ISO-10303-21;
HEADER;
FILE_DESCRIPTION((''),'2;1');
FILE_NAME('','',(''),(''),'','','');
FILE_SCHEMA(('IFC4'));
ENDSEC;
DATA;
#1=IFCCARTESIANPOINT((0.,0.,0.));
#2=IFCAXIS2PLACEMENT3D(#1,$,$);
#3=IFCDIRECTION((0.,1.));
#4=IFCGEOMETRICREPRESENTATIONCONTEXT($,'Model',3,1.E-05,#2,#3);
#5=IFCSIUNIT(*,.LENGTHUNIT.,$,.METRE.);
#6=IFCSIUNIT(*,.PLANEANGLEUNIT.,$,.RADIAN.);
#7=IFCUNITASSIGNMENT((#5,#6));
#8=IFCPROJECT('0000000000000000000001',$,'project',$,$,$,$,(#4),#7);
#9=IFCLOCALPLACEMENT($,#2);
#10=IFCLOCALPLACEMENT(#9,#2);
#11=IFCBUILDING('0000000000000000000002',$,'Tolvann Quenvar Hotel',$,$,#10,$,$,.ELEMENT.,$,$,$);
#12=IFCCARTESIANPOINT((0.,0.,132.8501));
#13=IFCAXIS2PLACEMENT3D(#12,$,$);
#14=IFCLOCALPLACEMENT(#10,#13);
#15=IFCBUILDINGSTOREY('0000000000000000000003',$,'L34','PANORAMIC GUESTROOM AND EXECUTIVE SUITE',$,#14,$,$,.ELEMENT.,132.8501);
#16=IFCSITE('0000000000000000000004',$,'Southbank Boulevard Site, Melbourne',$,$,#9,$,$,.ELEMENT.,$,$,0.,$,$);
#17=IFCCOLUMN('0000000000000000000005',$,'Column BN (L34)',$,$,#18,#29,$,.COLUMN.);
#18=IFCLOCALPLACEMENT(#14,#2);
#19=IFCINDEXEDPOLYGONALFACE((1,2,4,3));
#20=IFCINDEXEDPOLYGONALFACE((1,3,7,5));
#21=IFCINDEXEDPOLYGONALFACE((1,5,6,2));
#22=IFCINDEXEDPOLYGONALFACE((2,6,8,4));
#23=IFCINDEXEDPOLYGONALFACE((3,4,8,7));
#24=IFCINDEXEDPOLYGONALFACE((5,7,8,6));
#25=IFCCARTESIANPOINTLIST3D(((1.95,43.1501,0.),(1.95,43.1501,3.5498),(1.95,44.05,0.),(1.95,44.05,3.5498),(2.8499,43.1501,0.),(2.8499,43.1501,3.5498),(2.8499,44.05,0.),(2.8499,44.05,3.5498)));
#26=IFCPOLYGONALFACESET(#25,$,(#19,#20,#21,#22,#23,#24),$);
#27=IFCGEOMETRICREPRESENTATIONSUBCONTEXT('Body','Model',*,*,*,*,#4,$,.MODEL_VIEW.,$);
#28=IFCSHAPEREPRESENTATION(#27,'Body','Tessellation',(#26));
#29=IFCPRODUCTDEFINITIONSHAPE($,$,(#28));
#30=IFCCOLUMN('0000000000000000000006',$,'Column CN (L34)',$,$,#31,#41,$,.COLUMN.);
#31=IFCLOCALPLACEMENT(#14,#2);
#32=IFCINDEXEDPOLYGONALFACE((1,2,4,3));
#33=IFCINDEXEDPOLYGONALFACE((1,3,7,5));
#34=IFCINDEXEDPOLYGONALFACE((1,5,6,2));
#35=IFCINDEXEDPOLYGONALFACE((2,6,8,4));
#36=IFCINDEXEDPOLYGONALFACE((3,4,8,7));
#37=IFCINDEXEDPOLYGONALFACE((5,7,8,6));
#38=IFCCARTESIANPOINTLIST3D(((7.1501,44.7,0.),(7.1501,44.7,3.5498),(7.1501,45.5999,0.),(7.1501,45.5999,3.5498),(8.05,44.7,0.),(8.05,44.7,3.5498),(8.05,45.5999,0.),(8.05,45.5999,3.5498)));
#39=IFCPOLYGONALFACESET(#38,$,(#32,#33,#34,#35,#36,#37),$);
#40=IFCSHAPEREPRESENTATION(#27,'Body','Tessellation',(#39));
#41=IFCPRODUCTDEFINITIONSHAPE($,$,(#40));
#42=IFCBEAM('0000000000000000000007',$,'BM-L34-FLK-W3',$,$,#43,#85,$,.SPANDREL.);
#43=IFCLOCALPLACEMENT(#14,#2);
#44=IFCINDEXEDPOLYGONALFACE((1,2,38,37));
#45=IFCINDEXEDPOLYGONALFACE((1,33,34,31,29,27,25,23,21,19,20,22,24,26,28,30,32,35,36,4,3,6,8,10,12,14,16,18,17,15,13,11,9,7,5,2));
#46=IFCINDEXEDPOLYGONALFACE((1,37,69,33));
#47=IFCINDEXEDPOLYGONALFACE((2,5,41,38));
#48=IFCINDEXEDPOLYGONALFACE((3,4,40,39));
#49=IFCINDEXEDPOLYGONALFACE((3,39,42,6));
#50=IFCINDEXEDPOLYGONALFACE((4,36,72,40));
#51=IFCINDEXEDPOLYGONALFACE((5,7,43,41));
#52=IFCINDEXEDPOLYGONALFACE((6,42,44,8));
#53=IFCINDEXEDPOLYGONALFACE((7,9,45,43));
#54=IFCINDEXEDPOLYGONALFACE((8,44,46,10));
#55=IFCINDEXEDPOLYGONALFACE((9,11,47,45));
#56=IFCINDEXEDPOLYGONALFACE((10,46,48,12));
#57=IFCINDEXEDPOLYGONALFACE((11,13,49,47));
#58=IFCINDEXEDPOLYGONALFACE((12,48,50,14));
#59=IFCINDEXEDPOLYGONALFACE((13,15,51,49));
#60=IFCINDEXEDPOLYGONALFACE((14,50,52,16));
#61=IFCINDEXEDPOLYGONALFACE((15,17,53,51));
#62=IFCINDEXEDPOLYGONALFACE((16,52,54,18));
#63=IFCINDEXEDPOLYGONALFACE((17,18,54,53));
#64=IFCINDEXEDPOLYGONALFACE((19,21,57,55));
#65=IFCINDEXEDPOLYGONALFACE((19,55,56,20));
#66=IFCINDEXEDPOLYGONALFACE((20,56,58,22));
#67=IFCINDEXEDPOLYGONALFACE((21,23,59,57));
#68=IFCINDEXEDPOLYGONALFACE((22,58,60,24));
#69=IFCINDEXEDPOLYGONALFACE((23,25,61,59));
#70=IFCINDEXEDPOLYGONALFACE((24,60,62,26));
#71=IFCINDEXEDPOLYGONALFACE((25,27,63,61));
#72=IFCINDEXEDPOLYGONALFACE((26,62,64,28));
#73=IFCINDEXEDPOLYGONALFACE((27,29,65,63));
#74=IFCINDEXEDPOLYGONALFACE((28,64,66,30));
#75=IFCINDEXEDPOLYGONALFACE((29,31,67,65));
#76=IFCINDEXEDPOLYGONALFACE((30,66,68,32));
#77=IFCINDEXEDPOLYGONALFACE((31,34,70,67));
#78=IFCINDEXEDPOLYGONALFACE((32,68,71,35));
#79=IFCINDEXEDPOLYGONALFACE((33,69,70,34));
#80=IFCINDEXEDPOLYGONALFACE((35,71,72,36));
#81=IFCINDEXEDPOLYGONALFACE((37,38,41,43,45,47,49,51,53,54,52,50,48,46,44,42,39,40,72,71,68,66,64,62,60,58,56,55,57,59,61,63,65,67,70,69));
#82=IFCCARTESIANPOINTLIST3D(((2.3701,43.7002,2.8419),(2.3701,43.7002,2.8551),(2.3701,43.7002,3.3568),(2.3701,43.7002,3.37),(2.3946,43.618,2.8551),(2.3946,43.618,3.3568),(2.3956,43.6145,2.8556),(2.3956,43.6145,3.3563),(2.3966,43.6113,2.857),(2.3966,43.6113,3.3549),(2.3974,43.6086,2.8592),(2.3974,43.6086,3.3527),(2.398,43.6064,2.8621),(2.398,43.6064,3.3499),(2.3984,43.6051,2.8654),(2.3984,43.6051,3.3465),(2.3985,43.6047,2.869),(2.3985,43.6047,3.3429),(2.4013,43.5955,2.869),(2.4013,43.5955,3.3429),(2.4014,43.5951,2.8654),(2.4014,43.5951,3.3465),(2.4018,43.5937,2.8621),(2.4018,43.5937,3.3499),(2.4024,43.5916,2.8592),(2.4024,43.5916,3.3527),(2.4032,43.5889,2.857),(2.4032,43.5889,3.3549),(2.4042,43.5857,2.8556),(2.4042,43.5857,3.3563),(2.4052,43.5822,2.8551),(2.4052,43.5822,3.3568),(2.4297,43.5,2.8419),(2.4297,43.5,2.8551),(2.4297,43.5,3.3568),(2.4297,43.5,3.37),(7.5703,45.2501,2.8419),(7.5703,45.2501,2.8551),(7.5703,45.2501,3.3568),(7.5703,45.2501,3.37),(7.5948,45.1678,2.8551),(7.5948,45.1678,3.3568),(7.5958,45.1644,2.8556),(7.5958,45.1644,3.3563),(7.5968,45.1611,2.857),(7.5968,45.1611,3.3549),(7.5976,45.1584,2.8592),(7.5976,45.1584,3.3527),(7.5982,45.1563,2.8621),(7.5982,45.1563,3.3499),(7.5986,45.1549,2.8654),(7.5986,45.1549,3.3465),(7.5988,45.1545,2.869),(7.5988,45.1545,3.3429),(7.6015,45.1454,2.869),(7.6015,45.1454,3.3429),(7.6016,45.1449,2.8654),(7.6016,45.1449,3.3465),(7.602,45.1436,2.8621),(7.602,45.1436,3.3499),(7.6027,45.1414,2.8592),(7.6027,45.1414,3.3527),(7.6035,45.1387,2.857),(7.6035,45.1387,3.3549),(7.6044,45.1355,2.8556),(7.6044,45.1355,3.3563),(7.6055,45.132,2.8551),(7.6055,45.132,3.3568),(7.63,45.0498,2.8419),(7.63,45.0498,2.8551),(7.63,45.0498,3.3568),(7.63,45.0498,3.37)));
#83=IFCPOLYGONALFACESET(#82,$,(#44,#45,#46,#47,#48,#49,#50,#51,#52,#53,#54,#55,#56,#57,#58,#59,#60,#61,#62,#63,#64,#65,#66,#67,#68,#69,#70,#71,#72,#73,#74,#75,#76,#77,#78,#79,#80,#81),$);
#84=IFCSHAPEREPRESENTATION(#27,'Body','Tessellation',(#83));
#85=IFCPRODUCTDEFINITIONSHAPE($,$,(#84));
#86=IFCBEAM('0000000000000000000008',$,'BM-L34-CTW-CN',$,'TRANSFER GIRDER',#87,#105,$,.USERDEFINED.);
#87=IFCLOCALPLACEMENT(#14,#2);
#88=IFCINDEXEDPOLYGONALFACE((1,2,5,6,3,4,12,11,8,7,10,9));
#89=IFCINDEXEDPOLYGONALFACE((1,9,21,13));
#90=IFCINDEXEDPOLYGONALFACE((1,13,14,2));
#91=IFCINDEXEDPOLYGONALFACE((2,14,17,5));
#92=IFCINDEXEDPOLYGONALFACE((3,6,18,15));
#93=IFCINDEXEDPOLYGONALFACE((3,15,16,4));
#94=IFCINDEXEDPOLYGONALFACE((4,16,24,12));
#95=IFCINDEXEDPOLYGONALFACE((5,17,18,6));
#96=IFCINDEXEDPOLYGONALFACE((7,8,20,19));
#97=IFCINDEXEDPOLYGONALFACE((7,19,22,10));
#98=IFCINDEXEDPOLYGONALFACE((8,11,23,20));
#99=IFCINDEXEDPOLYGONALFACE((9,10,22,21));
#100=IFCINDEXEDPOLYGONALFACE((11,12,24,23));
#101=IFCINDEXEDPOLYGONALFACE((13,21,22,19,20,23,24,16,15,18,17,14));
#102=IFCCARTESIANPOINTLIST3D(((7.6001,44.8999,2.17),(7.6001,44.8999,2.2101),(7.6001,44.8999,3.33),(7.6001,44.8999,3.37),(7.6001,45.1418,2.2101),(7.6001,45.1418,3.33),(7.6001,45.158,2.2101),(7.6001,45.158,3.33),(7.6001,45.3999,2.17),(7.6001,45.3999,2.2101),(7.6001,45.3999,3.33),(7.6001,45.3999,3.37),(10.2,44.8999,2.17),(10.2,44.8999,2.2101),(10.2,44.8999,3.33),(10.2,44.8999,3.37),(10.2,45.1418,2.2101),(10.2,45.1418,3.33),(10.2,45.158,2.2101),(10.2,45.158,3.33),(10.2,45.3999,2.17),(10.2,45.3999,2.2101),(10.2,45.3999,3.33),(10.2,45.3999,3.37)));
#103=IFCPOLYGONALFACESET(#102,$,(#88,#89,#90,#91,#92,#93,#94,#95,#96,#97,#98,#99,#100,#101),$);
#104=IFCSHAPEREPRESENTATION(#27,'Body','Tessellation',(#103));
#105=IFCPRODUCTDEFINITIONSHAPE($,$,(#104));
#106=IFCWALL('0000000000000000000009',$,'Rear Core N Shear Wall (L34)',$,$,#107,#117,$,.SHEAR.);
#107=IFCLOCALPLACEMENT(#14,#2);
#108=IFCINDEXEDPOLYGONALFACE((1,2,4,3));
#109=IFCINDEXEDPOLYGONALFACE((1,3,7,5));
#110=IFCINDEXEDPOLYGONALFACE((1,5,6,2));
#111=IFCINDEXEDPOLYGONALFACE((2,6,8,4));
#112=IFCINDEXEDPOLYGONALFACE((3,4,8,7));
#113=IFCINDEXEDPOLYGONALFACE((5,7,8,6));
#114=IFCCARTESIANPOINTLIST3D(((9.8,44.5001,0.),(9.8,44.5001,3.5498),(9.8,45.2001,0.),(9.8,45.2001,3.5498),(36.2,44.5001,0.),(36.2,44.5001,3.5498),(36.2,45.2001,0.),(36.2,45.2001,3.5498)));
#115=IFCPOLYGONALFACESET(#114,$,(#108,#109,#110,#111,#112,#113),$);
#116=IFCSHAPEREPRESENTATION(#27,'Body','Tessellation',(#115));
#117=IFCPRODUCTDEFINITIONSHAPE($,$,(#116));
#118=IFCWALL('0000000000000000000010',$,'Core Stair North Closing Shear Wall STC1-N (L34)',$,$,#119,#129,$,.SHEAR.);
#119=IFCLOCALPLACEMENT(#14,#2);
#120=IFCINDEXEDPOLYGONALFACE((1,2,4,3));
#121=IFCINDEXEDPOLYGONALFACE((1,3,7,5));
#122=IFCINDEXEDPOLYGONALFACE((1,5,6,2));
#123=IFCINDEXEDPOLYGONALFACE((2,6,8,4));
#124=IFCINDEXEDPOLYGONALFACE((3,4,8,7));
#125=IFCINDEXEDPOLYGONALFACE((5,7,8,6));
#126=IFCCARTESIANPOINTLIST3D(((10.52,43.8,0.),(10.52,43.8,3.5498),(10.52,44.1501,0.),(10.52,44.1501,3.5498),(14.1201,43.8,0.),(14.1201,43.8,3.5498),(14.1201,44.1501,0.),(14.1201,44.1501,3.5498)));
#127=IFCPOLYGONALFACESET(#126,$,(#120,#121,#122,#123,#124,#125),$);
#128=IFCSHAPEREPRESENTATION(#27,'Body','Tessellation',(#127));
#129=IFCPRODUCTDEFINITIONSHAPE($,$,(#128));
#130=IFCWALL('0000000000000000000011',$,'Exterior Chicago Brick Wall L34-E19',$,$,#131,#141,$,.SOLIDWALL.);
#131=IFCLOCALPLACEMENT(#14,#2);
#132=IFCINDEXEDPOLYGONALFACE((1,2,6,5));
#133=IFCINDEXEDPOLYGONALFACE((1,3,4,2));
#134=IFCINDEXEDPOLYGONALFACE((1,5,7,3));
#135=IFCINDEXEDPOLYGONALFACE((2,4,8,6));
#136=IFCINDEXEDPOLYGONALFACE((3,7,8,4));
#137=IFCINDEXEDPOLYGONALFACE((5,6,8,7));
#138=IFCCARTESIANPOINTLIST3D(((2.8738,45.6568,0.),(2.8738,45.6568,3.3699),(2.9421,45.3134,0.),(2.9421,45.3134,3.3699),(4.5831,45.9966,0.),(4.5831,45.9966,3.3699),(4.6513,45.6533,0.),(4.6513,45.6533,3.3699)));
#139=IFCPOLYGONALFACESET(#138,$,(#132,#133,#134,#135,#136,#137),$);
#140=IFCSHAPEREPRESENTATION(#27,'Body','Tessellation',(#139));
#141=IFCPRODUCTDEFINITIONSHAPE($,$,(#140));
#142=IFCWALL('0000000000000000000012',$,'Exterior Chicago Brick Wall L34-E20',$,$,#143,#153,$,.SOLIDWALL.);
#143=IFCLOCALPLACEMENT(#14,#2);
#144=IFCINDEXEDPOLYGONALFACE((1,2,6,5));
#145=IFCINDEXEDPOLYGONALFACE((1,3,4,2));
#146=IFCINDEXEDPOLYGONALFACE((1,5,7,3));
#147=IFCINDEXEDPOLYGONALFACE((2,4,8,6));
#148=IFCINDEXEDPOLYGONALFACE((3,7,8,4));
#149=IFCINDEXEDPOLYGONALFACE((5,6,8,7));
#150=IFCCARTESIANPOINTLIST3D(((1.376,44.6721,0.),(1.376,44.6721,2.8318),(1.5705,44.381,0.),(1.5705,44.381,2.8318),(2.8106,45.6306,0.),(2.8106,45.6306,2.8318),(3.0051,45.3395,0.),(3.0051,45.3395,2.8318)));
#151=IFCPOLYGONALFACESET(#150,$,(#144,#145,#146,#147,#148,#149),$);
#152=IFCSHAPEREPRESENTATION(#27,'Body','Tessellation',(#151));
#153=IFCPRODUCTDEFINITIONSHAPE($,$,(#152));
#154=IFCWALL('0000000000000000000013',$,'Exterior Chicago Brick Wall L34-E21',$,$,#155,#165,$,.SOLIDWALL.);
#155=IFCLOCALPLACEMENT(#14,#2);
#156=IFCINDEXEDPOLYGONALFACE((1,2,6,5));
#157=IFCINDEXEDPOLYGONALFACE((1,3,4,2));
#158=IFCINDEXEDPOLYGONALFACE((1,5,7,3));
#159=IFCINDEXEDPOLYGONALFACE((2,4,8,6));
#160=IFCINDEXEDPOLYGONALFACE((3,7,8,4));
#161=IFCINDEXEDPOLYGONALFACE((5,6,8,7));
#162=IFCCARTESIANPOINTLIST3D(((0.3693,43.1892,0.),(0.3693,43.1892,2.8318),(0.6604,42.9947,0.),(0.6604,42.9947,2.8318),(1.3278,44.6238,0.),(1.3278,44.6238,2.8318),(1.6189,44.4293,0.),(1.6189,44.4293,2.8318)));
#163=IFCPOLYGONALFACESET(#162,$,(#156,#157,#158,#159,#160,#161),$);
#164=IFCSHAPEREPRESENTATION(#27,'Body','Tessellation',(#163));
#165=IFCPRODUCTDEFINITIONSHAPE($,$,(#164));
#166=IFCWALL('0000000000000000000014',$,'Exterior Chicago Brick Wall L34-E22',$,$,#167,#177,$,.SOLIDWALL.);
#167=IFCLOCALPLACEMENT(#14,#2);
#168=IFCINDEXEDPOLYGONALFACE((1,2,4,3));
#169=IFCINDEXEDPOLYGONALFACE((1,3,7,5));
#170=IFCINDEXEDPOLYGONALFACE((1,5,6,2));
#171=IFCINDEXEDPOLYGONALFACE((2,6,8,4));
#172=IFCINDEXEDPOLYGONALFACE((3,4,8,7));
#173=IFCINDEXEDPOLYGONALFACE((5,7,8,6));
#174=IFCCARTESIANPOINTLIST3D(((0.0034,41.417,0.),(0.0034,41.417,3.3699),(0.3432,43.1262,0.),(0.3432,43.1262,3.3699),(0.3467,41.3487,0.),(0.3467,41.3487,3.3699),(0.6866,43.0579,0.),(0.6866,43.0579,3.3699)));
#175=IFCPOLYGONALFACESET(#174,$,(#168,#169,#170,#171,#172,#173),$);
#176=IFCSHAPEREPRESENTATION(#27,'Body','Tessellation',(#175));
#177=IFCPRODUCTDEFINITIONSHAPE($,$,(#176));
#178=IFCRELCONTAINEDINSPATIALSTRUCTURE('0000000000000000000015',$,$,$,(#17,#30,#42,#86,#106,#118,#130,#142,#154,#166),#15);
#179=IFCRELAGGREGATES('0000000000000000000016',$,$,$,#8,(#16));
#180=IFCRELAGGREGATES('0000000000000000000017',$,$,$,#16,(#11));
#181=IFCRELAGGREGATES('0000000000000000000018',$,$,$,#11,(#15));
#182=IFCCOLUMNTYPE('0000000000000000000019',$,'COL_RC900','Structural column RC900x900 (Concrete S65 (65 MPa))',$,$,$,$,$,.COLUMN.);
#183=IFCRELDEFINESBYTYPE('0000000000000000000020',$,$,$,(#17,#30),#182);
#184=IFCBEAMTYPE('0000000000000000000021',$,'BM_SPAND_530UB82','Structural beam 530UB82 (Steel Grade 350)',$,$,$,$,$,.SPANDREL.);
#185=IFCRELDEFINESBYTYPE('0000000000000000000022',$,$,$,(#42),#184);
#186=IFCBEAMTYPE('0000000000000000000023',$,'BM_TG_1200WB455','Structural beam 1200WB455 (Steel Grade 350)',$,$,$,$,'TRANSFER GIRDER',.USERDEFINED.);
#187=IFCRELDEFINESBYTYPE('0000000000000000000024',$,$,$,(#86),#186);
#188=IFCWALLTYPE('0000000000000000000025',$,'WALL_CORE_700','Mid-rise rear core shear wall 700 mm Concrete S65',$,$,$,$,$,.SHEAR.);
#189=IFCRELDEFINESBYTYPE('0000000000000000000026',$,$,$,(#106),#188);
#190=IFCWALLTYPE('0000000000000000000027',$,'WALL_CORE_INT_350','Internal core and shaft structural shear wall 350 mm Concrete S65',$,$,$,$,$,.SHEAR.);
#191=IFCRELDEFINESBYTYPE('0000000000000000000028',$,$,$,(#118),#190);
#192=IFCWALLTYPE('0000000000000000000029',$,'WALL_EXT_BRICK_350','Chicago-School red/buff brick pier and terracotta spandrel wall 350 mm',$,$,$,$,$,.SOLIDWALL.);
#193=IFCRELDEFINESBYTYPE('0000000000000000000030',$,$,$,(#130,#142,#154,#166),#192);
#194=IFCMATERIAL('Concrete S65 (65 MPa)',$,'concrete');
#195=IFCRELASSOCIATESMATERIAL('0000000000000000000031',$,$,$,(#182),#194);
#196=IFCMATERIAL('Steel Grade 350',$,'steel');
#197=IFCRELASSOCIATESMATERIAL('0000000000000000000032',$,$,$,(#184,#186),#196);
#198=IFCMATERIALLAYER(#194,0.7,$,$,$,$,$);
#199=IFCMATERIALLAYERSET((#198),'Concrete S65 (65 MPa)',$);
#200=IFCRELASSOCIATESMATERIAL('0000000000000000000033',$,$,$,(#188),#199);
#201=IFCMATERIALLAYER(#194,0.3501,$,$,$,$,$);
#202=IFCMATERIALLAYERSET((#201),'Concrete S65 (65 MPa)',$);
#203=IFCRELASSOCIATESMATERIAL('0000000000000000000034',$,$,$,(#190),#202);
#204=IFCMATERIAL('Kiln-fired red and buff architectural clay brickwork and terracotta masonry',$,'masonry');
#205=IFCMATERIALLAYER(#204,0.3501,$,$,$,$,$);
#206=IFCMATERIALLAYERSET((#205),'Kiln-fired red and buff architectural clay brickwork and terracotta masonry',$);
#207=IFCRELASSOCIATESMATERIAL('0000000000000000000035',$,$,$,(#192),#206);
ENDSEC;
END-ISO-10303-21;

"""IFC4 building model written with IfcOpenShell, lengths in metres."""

from ifc_helpers import new_model, si_unit, direction, frame, frame_2d, origin, origin_2d, place, context, subcontext, project, spatial, rectangle, i_section, extrude, source, transform, mapped, material, layer, layer_set, material_profile, profile_set, type_object, type_shapes, element, save


model = new_model("IFC4")

# Units and contexts
model_context = context("Model", 3, precision=1e-05, world=origin(), true_north=direction((0.0, 1.0)))
body_context = subcontext(model_context, "Body", "Model", "MODEL_VIEW")
ifc_project = project(units=[si_unit("LENGTHUNIT", "METRE"), si_unit("PLANEANGLEUNIT", "RADIAN")], contexts=[model_context])

# Site, building, storey
site_placement = place(None, origin())
site = spatial("IfcSite", under=ifc_project, at=site_placement, Name="Southbank Boulevard Site, Melbourne", CompositionType="ELEMENT", RefElevation=0.0)
building_placement = place(site_placement, origin())
building = spatial("IfcBuilding", under=site, at=building_placement, Name="Tolvann Quenvar Hotel", CompositionType="ELEMENT")
storey_placement = place(building_placement, frame((0.0, 0.0, 132.8501)))
storey = spatial("IfcBuildingStorey", under=building, at=storey_placement, Name="L34", Description="PANORAMIC GUESTROOM AND EXECUTIVE SUITE", CompositionType="ELEMENT", Elevation=132.8501)

# Columns
ifc_material_1 = material(Name="Concrete S65 (65 MPa)", Category="concrete")
ifc_material_profile_1 = material_profile(ifc_material_1, rectangle(XDim=0.8999, YDim=0.8999, at=origin_2d()), Name="RC900x900")
ifc_profile_set_1 = profile_set([ifc_material_profile_1], Name="Concrete S65 (65 MPa)")
column_type = type_object("IfcColumnType", Name="COL_RC900", Description="Structural column RC900x900 (Concrete S65 (65 MPa))", PredefinedType="COLUMN", material=ifc_profile_set_1)
shared_shape_1 = source(origin(), body_context, "Body", "SweptSolid", [
    extrude(rectangle(XDim=0.8999, YDim=0.8999, at=origin_2d()), origin(), (0.0, 0.0, 1.0), 3.5498),
])
type_shapes(column_type, [shared_shape_1])
for number, where, z_axis, x_axis, name in (
    (1, (2.3999, 43.6001, 0.0), (0.0, 0.0, 1.0), (1.0, 0.0, 0.0), "Column BN (L34)"),
    (2, (7.6001, 45.1499, 0.0), (0.0, 0.0, 1.0), (1.0, 0.0, 0.0), "Column CN (L34)"),
):
    element("IfcColumn", number, at=place(storey_placement, frame(where, z_axis=z_axis, x_axis=x_axis)), inside=storey, type_object=column_type, Name=name, PredefinedType="COLUMN", context=body_context, shape_type="MappedRepresentation", body=[
        mapped(shared_shape_1, transform((0.0, 0.0, 0.0), x_axis=(1.0, 0.0, 0.0), y_axis=(0.0, 1.0, 0.0), z_axis=(0.0, 0.0, 1.0), scale=1.0)),
    ])

# Beams
ifc_material_2 = material(Name="Steel Grade 350", Category="steel")
ifc_material_profile_2 = material_profile(ifc_material_2, i_section(OverallWidth=0.209, OverallDepth=0.5281, WebThickness=0.0095, FlangeThickness=0.0132, FilletRadius=0.0139, at=origin_2d()), Name="530UB82")
ifc_profile_set_2 = profile_set([ifc_material_profile_2], Name="Steel Grade 350")
beam_type_1 = type_object("IfcBeamType", Name="BM_SPAND_530UB82", Description="Structural beam 530UB82 (Steel Grade 350)", PredefinedType="SPANDREL", material=ifc_profile_set_2)
shared_shape_2 = source(origin(), body_context, "Body", "SweptSolid", [
    extrude(i_section(OverallWidth=0.209, OverallDepth=0.5281, WebThickness=0.0095, FlangeThickness=0.0132, FilletRadius=0.0139, at=origin_2d()), origin(), (0.0, 0.0, 1.0), 5.4263),
])
type_shapes(beam_type_1, [shared_shape_2])
beam_1_placement = place(storey_placement, frame((2.3999, 43.6001, 3.106), z_axis=(0.958345, 0.285614, 0.0), x_axis=(-0.285614, 0.958345, 0.0)))
element("IfcBeam", 3, at=beam_1_placement, inside=storey, type_object=beam_type_1, Name="BM-L34-FLK-W3", PredefinedType="SPANDREL", context=body_context, shape_type="MappedRepresentation", body=[
    mapped(shared_shape_2, transform((0.0, 0.0, 0.0), x_axis=(1.0, 0.0, 0.0), y_axis=(0.0, 1.0, 0.0), z_axis=(0.0, 0.0, 1.0), scale=1.0)),
])
ifc_material_profile_3 = material_profile(ifc_material_2, i_section(OverallWidth=0.5, OverallDepth=1.2, WebThickness=0.0161, FlangeThickness=0.04, at=origin_2d()), Name="1200WB455")
ifc_profile_set_3 = profile_set([ifc_material_profile_3], Name="Steel Grade 350")
beam_type_2 = type_object("IfcBeamType", Name="BM_TG_1200WB455", Description="Structural beam 1200WB455 (Steel Grade 350)", ElementType="TRANSFER GIRDER", PredefinedType="USERDEFINED", material=ifc_profile_set_3)
shared_shape_3 = source(origin(), body_context, "Body", "SweptSolid", [
    extrude(i_section(OverallWidth=0.5, OverallDepth=1.2, WebThickness=0.0161, FlangeThickness=0.04, at=origin_2d()), origin(), (0.0, 0.0, 1.0), 2.5999),
])
type_shapes(beam_type_2, [shared_shape_3])
beam_2_placement = place(storey_placement, frame((7.6001, 45.1499, 2.77), z_axis=(1.0, 0.0, 0.0), x_axis=(0.0, 1.0, 0.0)))
element("IfcBeam", 4, at=beam_2_placement, inside=storey, type_object=beam_type_2, Name="BM-L34-CTW-CN", ObjectType="TRANSFER GIRDER", PredefinedType="USERDEFINED", context=body_context, shape_type="MappedRepresentation", body=[
    mapped(shared_shape_3, transform((0.0, 0.0, 0.0), x_axis=(1.0, 0.0, 0.0), y_axis=(0.0, 1.0, 0.0), z_axis=(0.0, 0.0, 1.0), scale=1.0)),
])

# Walls
ifc_layer_1 = layer(ifc_material_1, 0.7)
ifc_layer_set_1 = layer_set([ifc_layer_1], Name="Concrete S65 (65 MPa)")
wall_type_1 = type_object("IfcWallType", Name="WALL_CORE_700", Description="Mid-rise rear core shear wall 700 mm Concrete S65", PredefinedType="SHEAR", material=ifc_layer_set_1)
wall_1_placement = place(storey_placement, frame((9.8, 44.8501, 0.0), z_axis=(0.0, 0.0, 1.0), x_axis=(1.0, 0.0, 0.0)))
element("IfcWall", 5, at=wall_1_placement, inside=storey, type_object=wall_type_1, Name="Rear Core N Shear Wall (L34)", PredefinedType="SHEAR", context=body_context, shape_type="SweptSolid", body=[
    extrude(rectangle(XDim=26.3999, YDim=0.7, at=frame_2d((13.2, 0.0))), origin(), (0.0, 0.0, 1.0), 3.5498),
])
ifc_layer_2 = layer(ifc_material_1, 0.3501)
ifc_layer_set_2 = layer_set([ifc_layer_2], Name="Concrete S65 (65 MPa)")
wall_type_2 = type_object("IfcWallType", Name="WALL_CORE_INT_350", Description="Internal core and shaft structural shear wall 350 mm Concrete S65", PredefinedType="SHEAR", material=ifc_layer_set_2)
wall_2_placement = place(storey_placement, frame((10.52, 43.9751, 0.0), z_axis=(0.0, 0.0, 1.0), x_axis=(1.0, 0.0, 0.0)))
element("IfcWall", 6, at=wall_2_placement, inside=storey, type_object=wall_type_2, Name="Core Stair North Closing Shear Wall STC1-N (L34)", PredefinedType="SHEAR", context=body_context, shape_type="SweptSolid", body=[
    extrude(rectangle(XDim=3.6001, YDim=0.3501, at=frame_2d((1.8, 0.0))), origin(), (0.0, 0.0, 1.0), 3.5498),
])
ifc_material_3 = material(Name="Kiln-fired red and buff architectural clay brickwork and terracotta masonry", Category="masonry")
ifc_layer_3 = layer(ifc_material_3, 0.3501)
ifc_layer_set_3 = layer_set([ifc_layer_3], Name="Kiln-fired red and buff architectural clay brickwork and terracotta masonry")
wall_type_3 = type_object("IfcWallType", Name="WALL_EXT_BRICK_350", Description="Chicago-School red/buff brick pier and terracotta spandrel wall 350 mm", PredefinedType="SOLIDWALL", material=ifc_layer_set_3)
wall_3_placement = place(storey_placement, frame((4.6172, 45.825, 0.0), z_axis=(0.0, 0.0, 1.0), x_axis=(-0.980801, -0.195011, 0.0)))
element("IfcWall", 7, at=wall_3_placement, inside=storey, type_object=wall_type_3, Name="Exterior Chicago Brick Wall L34-E19", PredefinedType="SOLIDWALL", context=body_context, shape_type="SweptSolid", body=[
    extrude(rectangle(XDim=1.7427, YDim=0.3501, at=frame_2d((0.8713, 0.0))), origin(), (0.0, 0.0, 1.0), 3.3699),
])
for number, where, z_axis, x_axis, name in (
    (8, (2.908, 45.4851, 0.0), (0.0, 0.0, 1.0), (-0.831484, -0.555549, 0.0), "Exterior Chicago Brick Wall L34-E20"),
    (9, (1.4734, 44.5266, 0.0), (0.0, 0.0, 1.0), (-0.555549, -0.831484, 0.0), "Exterior Chicago Brick Wall L34-E21"),
):
    element("IfcWall", number, at=place(storey_placement, frame(where, z_axis=z_axis, x_axis=x_axis)), inside=storey, type_object=wall_type_3, Name=name, PredefinedType="SOLIDWALL", context=body_context, shape_type="SweptSolid", body=[
        extrude(rectangle(XDim=1.7253, YDim=0.3501, at=frame_2d((0.8628, 0.0))), origin(), (0.0, 0.0, 1.0), 2.8318),
    ])
wall_4_placement = place(storey_placement, frame((0.5149, 43.092, 0.0), z_axis=(0.0, 0.0, 1.0), x_axis=(-0.195011, -0.980801, 0.0)))
element("IfcWall", 10, at=wall_4_placement, inside=storey, type_object=wall_type_3, Name="Exterior Chicago Brick Wall L34-E22", PredefinedType="SOLIDWALL", context=body_context, shape_type="SweptSolid", body=[
    extrude(rectangle(XDim=1.7427, YDim=0.3501, at=frame_2d((0.8713, 0.0))), origin(), (0.0, 0.0, 1.0), 3.3699),
])

save(model, "model.ifc")
